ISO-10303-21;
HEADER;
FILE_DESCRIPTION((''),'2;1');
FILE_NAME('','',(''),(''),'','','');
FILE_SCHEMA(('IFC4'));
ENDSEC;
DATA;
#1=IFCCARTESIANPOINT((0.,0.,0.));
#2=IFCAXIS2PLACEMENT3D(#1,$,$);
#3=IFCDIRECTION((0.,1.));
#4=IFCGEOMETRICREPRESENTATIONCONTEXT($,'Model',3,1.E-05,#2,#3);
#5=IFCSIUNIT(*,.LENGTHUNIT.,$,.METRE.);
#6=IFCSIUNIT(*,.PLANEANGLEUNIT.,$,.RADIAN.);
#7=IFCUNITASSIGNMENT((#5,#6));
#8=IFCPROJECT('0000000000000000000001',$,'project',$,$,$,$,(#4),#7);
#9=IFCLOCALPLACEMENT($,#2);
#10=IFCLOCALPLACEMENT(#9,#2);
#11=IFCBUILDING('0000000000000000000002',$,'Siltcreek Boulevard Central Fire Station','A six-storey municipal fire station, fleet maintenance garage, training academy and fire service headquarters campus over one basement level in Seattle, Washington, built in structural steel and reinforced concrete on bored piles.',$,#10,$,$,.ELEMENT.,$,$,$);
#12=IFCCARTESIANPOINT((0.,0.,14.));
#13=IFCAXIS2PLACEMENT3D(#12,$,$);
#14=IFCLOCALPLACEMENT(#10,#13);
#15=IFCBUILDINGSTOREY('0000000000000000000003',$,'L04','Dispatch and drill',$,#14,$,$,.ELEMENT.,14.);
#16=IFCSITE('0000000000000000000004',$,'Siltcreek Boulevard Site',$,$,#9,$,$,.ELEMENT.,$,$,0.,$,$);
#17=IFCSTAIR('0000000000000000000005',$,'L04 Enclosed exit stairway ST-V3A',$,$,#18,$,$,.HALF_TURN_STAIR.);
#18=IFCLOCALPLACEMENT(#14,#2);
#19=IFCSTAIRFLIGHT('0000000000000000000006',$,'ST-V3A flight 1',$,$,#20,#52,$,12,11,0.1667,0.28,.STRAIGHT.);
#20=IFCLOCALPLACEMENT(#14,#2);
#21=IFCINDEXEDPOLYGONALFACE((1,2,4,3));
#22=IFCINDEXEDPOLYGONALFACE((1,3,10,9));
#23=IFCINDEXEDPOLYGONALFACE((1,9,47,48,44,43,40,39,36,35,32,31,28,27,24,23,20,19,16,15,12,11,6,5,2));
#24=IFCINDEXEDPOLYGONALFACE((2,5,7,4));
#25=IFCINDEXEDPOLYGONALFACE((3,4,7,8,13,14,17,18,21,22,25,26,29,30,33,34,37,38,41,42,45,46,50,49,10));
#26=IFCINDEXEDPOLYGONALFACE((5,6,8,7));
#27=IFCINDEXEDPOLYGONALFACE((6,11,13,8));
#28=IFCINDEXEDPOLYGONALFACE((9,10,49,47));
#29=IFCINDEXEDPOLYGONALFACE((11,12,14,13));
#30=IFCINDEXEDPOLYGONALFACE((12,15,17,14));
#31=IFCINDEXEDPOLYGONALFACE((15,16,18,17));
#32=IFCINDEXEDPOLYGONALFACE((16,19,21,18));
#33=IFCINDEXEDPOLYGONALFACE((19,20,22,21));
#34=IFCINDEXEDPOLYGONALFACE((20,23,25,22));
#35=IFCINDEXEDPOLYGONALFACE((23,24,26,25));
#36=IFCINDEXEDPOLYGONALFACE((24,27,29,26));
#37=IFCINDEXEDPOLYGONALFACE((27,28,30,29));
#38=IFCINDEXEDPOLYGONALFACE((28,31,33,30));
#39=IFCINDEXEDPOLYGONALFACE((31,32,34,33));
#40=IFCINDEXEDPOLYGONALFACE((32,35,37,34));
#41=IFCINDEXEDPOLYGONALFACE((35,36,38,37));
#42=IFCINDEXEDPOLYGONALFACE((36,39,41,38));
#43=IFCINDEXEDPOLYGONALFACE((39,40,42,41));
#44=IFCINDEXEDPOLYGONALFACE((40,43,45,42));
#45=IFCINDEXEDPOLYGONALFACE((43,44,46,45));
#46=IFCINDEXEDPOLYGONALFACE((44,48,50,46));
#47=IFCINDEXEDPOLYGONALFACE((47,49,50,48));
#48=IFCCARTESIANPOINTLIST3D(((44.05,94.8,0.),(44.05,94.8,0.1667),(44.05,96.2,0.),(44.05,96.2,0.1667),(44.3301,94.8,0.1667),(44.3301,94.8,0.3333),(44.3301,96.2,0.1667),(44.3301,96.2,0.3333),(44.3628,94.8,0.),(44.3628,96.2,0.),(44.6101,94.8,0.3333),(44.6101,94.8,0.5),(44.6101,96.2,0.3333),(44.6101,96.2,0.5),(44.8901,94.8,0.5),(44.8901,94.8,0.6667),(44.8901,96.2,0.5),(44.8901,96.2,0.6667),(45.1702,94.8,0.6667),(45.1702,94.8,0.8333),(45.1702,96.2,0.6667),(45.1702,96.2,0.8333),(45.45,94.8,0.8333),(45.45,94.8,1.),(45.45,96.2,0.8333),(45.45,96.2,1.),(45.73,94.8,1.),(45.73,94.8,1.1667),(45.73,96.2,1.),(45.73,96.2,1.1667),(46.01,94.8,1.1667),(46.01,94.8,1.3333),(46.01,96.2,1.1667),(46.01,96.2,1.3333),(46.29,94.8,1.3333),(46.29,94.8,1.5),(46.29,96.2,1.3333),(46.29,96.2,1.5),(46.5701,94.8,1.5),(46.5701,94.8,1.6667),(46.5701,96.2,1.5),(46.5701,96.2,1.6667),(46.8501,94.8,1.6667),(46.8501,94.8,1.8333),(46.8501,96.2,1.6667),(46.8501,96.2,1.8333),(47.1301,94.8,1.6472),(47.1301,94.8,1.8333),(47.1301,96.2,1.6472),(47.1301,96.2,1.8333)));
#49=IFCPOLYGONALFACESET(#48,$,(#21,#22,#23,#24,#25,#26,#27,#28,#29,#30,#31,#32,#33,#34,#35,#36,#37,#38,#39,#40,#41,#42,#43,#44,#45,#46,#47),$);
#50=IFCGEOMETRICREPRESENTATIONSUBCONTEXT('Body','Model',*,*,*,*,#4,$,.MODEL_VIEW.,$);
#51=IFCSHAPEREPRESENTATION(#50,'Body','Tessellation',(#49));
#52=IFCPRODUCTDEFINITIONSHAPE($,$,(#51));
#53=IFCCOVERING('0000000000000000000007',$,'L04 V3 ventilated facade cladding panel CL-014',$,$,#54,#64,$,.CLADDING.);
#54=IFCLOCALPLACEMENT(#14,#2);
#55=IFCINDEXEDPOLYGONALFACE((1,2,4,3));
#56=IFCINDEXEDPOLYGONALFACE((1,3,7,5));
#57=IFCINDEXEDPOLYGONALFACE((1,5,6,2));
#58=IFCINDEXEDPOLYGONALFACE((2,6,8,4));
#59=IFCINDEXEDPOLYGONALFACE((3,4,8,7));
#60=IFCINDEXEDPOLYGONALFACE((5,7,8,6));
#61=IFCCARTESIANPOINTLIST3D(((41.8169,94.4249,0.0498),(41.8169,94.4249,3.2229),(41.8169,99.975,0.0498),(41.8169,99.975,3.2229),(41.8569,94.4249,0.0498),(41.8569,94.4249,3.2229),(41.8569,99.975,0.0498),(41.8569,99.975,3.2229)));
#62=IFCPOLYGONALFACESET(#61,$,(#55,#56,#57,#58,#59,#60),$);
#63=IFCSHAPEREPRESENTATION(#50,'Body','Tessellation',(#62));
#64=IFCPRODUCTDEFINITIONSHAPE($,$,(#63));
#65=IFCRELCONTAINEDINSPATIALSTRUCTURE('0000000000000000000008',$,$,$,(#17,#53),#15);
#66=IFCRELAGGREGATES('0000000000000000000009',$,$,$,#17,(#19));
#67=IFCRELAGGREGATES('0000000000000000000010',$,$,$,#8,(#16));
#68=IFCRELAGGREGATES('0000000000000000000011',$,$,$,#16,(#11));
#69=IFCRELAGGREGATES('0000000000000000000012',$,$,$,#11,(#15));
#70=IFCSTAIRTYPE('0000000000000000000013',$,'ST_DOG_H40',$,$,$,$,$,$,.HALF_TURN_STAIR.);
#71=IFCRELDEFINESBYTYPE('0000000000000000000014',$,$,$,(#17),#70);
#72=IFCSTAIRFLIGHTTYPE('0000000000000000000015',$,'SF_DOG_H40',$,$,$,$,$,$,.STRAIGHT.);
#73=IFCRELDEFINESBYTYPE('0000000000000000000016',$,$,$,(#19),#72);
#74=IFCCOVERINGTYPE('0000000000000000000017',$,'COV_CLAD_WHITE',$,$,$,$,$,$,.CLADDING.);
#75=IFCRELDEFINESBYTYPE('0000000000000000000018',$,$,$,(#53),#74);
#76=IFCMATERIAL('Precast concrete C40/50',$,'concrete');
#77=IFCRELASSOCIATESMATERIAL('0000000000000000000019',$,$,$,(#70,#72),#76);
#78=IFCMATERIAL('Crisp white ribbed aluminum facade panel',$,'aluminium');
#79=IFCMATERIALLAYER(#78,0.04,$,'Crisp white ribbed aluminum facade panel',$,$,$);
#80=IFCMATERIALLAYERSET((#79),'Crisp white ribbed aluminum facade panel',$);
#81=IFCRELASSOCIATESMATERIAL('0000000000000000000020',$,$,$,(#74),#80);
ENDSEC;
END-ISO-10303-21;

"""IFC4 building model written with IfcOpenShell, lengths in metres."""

from ifc_helpers import new_model, si_unit, direction, frame, origin, origin_2d, place, context, subcontext, project, spatial, polyline, rectangle, outline, extrude, material, layer, layer_set, type_object, element, aggregate, save


model = new_model("IFC4")

# Units and contexts
model_context = context("Model", 3, precision=1e-05, world=origin(), true_north=direction((0.0, 1.0)))
body_context = subcontext(model_context, "Body", "Model", "MODEL_VIEW")
ifc_project = project(units=[si_unit("LENGTHUNIT", "METRE"), si_unit("PLANEANGLEUNIT", "RADIAN")], contexts=[model_context])

# Site, building, storey
site_placement = place(None, origin())
site = spatial("IfcSite", under=ifc_project, at=site_placement, Name="Siltcreek Boulevard Site", CompositionType="ELEMENT", RefElevation=0.0)
building_placement = place(site_placement, origin())
building = spatial("IfcBuilding", under=site, at=building_placement, Name="Siltcreek Boulevard Central Fire Station", Description="A six-storey municipal fire station, fleet maintenance garage, training academy and fire service headquarters campus over one basement level in Seattle, Washington, built in structural steel and reinforced concrete on bored piles.", CompositionType="ELEMENT")
storey_placement = place(building_placement, frame((0.0, 0.0, 14.0)))
storey = spatial("IfcBuildingStorey", under=building, at=storey_placement, Name="L04", Description="Dispatch and drill", CompositionType="ELEMENT", Elevation=14.0)

# Stair, stair flight
ifc_material_1 = material(Name="Precast concrete C40/50", Category="concrete")
stair_type = type_object("IfcStairType", Name="ST_DOG_H40", PredefinedType="HALF_TURN_STAIR", material=ifc_material_1)
stair_placement = place(storey_placement, origin())
stair = element("IfcStair", 1, at=stair_placement, inside=storey, type_object=stair_type, Name="L04 Enclosed exit stairway ST-V3A", PredefinedType="HALF_TURN_STAIR")
stair_flight_type = type_object("IfcStairFlightType", Name="SF_DOG_H40", PredefinedType="STRAIGHT", material=ifc_material_1)
stair_flight_placement = place(storey_placement, frame((44.05, 95.5, 0.0), z_axis=(0.0, 0.0, 1.0), x_axis=(1.0, 0.0, 0.0)))
stair_flight = element("IfcStairFlight", 2, at=stair_flight_placement, type_object=stair_flight_type, Name="ST-V3A flight 1", NumberOfRisers=12, NumberOfTreads=11, PredefinedType="STRAIGHT", RiserHeight=0.1667, TreadLength=0.28, context=body_context, shape_type="SweptSolid", body=[
    extrude(outline(polyline([(0.0, 0.0), (0.0, 0.1667), (0.28, 0.1667), (0.28, 0.3333), (0.5601, 0.3333), (0.5601, 0.5), (0.8401, 0.5), (0.8401, 0.6667), (1.1201, 0.6667), (1.1201, 0.8333), (1.3999, 0.8333), (1.3999, 1.0), (1.6799, 1.0), (1.6799, 1.1667), (1.96, 1.1667), (1.96, 1.3333), (2.24, 1.3333), (2.24, 1.5), (2.52, 1.5), (2.52, 1.6667), (2.8, 1.6667), (2.8, 1.8333), (3.0801, 1.8333), (3.0801, 2.0), (3.0801, 1.6472), (0.3127, 0.0), (0.0, 0.0)])), frame((0.0, 0.7, 0.0), z_axis=(0.0, -1.0, 0.0), x_axis=(1.0, 0.0, 0.0)), (0.0, 0.0, 1.0), 1.3999),
])
aggregate(stair, [stair_flight])

# Covering
ifc_material_2 = material(Name="Crisp white ribbed aluminum facade panel", Category="aluminium")
ifc_layer_1 = layer(ifc_material_2, 0.04, Name="Crisp white ribbed aluminum facade panel")
ifc_layer_set_1 = layer_set([ifc_layer_1], Name="Crisp white ribbed aluminum facade panel")
covering_type = type_object("IfcCoveringType", Name="COV_CLAD_WHITE", PredefinedType="CLADDING", material=ifc_layer_set_1)
covering_placement = place(storey_placement, frame((41.8369, 97.2, 0.0498), z_axis=(0.0, 0.0, 1.0), x_axis=(0.0, -1.0, 0.0)))
element("IfcCovering", 3, at=covering_placement, inside=storey, type_object=covering_type, Name="L04 V3 ventilated facade cladding panel CL-014", PredefinedType="CLADDING", context=body_context, shape_type="SweptSolid", body=[
    extrude(rectangle(XDim=5.55, YDim=0.04, at=origin_2d()), origin(), (0.0, 0.0, 1.0), 3.1731),
])

save(model, "model.ifc")
